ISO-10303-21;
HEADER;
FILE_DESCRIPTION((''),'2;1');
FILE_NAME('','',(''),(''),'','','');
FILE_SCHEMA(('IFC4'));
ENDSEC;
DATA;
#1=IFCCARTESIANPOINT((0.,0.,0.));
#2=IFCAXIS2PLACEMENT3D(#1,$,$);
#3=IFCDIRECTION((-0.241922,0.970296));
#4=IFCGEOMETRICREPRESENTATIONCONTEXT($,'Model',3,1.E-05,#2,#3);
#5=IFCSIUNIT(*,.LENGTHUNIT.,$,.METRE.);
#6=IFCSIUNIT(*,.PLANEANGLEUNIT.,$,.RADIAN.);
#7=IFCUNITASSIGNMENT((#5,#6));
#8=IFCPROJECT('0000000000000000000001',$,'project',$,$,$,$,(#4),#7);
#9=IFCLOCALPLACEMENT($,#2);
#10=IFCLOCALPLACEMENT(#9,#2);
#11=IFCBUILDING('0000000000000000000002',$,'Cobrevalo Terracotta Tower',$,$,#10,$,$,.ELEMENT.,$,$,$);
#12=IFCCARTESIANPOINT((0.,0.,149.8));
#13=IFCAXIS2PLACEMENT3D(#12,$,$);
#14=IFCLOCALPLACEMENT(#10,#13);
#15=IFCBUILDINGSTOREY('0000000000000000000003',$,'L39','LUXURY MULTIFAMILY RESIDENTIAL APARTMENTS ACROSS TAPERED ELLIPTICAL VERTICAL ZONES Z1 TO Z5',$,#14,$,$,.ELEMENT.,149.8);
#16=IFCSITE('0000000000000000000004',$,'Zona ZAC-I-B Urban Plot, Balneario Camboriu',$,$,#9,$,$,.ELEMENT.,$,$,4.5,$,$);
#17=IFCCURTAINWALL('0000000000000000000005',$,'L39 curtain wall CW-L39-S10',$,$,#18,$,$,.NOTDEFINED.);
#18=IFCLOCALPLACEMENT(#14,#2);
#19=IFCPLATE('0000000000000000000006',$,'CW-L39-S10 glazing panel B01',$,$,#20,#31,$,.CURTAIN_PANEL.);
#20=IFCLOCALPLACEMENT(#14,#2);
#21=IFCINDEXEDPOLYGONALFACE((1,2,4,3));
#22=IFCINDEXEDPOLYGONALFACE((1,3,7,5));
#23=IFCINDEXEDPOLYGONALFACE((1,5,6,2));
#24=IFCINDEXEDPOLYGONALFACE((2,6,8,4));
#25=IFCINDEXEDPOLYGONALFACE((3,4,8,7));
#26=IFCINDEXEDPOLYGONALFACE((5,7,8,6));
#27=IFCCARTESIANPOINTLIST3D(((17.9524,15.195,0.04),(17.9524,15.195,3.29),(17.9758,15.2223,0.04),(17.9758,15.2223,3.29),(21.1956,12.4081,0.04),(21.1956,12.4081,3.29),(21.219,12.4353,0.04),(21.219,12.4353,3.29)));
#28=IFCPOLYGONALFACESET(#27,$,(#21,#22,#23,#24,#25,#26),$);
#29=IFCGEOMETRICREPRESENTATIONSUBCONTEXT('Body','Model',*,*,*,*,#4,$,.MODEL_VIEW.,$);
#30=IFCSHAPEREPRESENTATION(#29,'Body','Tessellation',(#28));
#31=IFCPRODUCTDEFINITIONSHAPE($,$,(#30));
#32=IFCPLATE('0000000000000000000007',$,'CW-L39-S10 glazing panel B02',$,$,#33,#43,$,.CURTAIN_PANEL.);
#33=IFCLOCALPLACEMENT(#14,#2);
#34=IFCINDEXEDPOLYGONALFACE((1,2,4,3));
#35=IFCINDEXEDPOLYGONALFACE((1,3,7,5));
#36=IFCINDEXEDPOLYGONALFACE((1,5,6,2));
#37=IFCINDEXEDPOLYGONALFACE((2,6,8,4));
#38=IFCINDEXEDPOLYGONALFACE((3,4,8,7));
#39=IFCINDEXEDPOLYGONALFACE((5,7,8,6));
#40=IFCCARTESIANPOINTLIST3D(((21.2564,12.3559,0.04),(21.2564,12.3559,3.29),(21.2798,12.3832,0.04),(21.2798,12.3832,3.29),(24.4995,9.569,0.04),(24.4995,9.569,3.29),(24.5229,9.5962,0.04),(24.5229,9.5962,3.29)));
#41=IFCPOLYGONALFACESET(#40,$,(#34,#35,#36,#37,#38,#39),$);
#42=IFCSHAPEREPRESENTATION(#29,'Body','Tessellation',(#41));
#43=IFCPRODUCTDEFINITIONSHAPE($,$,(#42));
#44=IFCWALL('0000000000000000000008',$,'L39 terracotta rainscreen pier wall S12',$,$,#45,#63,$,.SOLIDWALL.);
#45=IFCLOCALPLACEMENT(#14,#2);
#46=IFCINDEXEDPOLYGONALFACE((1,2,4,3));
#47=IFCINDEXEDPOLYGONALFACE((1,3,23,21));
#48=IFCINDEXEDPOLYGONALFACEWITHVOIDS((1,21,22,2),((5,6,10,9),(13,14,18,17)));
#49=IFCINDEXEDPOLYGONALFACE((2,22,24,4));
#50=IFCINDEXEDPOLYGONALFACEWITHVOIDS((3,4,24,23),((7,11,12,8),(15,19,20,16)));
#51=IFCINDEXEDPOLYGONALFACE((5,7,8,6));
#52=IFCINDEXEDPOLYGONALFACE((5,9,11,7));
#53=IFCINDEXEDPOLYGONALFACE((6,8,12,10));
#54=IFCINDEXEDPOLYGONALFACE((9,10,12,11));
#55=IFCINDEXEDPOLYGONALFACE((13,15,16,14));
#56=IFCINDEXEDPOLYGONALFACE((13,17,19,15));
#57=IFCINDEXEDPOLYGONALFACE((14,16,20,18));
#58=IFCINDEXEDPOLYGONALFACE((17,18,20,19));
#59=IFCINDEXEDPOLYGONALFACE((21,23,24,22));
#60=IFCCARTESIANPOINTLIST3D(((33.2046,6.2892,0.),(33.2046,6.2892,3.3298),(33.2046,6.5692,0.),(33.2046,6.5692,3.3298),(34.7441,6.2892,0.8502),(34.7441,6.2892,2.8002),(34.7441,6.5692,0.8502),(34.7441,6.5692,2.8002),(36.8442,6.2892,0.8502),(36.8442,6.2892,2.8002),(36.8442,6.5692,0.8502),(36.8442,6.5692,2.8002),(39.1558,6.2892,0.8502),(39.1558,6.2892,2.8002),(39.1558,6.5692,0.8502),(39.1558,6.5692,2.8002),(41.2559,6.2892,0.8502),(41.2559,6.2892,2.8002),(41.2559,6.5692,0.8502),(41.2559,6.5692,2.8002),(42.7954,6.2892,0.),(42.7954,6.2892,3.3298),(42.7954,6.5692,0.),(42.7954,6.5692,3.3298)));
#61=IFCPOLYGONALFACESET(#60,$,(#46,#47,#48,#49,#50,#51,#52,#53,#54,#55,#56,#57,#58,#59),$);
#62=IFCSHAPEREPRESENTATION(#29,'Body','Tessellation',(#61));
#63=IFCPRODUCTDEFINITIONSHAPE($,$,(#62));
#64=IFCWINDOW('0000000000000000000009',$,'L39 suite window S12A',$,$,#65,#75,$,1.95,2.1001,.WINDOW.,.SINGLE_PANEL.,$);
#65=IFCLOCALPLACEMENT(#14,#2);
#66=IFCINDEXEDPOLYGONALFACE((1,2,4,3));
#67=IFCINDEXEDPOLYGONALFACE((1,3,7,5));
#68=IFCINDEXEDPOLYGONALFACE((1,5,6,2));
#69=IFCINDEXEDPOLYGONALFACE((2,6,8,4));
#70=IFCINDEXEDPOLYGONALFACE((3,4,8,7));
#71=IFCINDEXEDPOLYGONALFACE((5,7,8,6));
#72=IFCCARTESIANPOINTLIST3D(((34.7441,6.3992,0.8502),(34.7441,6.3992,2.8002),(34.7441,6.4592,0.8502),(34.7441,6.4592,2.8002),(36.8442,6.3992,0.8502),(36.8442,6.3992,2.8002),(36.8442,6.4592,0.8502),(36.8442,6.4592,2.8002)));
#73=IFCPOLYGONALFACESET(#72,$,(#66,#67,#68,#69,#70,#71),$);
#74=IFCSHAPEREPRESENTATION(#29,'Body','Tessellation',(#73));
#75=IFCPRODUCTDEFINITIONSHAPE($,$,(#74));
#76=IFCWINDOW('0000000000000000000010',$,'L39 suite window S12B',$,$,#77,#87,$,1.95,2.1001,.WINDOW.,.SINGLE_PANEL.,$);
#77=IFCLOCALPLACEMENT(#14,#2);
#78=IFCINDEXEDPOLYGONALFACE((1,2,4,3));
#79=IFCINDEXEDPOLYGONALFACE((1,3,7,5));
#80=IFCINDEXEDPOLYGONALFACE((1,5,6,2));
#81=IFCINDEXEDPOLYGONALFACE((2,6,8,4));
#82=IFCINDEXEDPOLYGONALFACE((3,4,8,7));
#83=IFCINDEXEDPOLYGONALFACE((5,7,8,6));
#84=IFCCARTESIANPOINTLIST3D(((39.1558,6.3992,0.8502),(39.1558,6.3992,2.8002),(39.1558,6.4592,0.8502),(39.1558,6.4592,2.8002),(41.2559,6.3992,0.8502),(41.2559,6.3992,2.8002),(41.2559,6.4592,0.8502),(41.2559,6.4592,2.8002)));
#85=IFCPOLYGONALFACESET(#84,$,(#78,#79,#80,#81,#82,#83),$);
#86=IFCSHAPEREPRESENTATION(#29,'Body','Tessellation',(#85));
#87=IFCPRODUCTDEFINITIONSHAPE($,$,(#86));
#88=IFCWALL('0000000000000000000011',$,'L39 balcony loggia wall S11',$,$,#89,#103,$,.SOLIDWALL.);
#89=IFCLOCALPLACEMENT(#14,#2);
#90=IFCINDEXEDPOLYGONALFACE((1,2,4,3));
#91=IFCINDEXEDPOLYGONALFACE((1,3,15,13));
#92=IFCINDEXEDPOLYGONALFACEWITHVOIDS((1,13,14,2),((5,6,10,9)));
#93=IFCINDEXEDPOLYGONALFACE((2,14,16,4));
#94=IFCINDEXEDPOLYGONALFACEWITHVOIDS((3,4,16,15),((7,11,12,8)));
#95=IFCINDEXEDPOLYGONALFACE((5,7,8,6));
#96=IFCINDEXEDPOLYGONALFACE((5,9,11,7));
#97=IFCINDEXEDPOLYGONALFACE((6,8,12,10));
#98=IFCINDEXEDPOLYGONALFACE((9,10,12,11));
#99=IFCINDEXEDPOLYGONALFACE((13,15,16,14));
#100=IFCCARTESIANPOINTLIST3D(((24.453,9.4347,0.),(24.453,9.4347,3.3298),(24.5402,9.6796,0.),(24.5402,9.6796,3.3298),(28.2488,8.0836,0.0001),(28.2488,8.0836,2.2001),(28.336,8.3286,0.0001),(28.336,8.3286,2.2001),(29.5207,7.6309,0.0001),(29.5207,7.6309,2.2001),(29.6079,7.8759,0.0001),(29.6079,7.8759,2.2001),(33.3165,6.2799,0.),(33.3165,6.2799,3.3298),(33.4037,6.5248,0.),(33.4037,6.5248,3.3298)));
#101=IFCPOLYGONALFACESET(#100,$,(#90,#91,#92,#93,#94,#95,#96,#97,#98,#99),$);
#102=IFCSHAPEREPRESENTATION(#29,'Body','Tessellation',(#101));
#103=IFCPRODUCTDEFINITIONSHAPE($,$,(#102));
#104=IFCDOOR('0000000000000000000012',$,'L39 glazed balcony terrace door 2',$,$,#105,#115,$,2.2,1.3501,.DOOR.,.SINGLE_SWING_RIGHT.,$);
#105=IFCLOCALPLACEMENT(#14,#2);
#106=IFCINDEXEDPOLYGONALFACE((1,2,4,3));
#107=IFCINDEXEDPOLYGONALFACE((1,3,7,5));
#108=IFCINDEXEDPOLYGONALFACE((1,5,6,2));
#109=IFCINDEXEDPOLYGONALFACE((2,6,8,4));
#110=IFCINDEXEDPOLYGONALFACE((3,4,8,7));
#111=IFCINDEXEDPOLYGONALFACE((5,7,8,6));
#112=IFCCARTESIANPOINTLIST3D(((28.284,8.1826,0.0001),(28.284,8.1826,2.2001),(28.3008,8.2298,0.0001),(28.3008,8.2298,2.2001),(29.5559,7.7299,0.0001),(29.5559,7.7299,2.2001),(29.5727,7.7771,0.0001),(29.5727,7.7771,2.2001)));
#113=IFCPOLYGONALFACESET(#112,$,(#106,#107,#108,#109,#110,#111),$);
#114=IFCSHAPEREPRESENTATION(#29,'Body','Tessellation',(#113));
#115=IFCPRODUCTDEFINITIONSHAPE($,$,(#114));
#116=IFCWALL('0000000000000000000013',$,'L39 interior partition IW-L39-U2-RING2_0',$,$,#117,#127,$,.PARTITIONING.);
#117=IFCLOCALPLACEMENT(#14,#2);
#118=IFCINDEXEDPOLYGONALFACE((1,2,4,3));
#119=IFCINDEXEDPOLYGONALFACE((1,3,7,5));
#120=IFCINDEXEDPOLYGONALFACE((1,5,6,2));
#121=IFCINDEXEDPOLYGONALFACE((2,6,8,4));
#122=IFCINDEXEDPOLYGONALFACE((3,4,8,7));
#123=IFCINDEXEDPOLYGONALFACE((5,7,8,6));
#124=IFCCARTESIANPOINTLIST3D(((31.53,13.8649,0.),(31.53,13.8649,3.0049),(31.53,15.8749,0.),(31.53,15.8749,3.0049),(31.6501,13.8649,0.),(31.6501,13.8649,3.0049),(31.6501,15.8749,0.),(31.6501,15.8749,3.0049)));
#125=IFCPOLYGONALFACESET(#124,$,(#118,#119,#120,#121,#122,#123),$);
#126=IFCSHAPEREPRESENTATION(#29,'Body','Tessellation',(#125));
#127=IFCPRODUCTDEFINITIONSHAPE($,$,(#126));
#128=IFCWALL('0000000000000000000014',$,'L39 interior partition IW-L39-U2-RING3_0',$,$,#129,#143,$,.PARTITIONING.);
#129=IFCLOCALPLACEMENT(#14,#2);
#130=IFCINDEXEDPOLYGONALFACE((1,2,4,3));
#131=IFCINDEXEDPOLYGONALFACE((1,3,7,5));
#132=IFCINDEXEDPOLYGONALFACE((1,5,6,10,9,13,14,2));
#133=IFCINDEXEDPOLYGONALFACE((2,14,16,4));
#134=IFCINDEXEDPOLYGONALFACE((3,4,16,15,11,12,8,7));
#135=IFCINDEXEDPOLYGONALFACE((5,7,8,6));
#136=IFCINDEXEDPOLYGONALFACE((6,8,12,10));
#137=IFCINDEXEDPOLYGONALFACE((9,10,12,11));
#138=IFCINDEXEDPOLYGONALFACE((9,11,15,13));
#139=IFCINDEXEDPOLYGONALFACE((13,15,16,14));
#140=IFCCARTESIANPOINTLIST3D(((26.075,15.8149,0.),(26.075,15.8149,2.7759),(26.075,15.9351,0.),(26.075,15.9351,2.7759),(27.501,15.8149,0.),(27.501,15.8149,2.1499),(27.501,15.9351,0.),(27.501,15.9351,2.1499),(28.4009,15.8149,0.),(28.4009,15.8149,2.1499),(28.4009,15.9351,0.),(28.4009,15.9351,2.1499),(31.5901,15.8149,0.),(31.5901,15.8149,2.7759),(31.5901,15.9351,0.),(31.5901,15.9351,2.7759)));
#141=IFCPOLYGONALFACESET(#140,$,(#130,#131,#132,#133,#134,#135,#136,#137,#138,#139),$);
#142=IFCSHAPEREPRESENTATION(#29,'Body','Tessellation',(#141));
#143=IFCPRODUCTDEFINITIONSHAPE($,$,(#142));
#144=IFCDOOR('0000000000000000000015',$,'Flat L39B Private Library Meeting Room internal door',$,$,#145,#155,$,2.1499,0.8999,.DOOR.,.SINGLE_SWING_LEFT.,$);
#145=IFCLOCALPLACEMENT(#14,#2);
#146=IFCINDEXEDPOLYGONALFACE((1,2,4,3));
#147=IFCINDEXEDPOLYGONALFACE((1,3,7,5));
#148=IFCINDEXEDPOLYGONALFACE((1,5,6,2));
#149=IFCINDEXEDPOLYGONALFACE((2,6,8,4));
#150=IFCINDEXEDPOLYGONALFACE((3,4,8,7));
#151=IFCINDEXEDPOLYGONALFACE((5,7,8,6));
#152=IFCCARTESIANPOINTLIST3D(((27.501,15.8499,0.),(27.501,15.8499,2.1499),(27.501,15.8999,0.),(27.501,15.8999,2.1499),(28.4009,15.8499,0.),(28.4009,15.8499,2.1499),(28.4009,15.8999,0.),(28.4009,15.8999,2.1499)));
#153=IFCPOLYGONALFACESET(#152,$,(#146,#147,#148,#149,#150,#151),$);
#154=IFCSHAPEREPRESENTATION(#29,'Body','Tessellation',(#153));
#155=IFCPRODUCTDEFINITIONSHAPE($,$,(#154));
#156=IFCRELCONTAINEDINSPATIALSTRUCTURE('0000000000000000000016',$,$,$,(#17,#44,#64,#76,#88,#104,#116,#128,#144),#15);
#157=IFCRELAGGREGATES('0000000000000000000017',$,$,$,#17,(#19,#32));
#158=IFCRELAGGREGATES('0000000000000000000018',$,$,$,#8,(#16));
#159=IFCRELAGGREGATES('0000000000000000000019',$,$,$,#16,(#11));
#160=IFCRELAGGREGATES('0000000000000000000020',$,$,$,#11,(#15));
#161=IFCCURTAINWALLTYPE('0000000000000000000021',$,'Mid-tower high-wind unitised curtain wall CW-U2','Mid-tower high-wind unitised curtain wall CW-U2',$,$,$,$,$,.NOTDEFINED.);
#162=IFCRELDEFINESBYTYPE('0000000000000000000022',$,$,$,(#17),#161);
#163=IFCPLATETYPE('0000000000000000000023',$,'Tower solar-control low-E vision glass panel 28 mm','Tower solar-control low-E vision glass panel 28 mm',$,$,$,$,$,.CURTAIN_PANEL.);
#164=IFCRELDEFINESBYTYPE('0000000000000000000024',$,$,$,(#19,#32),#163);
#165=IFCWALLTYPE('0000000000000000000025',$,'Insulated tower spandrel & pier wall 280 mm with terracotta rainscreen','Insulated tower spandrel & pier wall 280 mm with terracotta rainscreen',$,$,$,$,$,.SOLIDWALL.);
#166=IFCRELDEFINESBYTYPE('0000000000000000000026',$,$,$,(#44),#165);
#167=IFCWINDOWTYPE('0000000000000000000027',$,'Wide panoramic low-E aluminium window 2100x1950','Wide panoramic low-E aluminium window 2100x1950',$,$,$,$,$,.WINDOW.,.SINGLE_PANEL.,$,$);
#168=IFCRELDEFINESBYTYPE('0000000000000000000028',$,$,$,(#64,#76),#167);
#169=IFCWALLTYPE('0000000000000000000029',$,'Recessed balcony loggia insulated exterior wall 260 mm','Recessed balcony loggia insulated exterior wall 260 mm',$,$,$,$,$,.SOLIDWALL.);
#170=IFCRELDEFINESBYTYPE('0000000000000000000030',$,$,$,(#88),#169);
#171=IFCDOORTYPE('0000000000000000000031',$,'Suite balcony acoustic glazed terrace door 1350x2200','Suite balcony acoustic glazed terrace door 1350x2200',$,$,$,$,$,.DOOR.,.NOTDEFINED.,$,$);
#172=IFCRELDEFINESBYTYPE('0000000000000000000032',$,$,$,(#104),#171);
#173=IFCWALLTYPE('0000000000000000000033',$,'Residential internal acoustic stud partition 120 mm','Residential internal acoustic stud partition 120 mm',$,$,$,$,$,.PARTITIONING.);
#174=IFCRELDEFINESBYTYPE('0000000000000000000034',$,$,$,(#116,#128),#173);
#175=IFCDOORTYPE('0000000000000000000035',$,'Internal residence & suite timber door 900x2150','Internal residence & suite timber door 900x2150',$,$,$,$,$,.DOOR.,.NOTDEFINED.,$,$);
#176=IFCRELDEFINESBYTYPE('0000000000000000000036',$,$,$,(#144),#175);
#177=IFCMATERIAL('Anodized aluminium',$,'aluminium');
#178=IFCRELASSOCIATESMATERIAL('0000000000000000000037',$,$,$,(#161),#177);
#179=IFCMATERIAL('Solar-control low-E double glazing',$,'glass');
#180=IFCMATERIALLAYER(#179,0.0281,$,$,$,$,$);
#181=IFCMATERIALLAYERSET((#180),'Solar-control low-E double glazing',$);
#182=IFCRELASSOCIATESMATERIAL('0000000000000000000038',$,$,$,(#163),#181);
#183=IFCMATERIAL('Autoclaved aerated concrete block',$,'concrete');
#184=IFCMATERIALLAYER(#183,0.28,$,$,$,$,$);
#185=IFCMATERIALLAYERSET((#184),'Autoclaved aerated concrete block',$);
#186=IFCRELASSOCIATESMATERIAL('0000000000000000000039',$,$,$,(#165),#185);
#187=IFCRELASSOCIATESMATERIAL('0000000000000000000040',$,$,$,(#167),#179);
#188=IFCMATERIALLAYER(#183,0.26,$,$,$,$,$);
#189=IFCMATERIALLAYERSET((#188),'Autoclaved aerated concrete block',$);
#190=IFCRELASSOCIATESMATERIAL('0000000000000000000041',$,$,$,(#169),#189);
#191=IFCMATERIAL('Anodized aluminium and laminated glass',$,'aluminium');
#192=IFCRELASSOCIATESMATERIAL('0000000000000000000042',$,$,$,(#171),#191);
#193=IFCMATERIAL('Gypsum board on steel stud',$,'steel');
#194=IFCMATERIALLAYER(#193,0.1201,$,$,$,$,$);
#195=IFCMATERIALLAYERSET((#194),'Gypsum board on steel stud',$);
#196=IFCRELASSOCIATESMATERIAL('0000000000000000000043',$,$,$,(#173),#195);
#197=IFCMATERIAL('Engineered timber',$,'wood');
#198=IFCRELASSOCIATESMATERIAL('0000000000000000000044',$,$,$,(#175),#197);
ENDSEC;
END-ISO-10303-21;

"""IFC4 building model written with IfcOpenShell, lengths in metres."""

from ifc_helpers import new_model, si_unit, direction, frame, frame_2d, origin, origin_2d, place, context, subcontext, project, spatial, rectangle, extrude, source, transform, mapped, material, layer, layer_set, type_object, element, fill, aggregate, save


model = new_model("IFC4")

# Units and contexts
model_context = context("Model", 3, precision=1e-05, world=origin(), true_north=direction((-0.241922, 0.970296)))
body_context = subcontext(model_context, "Body", "Model", "MODEL_VIEW")
ifc_project = project(units=[si_unit("LENGTHUNIT", "METRE"), si_unit("PLANEANGLEUNIT", "RADIAN")], contexts=[model_context])

# Site, building, storey
site_placement = place(None, origin())
site = spatial("IfcSite", under=ifc_project, at=site_placement, Name="Zona ZAC-I-B Urban Plot, Balneario Camboriu", CompositionType="ELEMENT", RefElevation=4.5)
building_placement = place(site_placement, origin())
building = spatial("IfcBuilding", under=site, at=building_placement, Name="Cobrevalo Terracotta Tower", CompositionType="ELEMENT")
storey_placement = place(building_placement, frame((0.0, 0.0, 149.8)))
storey = spatial("IfcBuildingStorey", under=building, at=storey_placement, Name="L39", Description="LUXURY MULTIFAMILY RESIDENTIAL APARTMENTS ACROSS TAPERED ELLIPTICAL VERTICAL ZONES Z1 TO Z5", CompositionType="ELEMENT", Elevation=149.8)

# Curtain wall, plates
ifc_material_1 = material(Name="Anodized aluminium", Category="aluminium")
curtain_wall_type = type_object("IfcCurtainWallType", Name="Mid-tower high-wind unitised curtain wall CW-U2", Description="Mid-tower high-wind unitised curtain wall CW-U2", PredefinedType="NOTDEFINED", material=ifc_material_1)
curtain_wall_placement = place(storey_placement, origin())
curtain_wall = element("IfcCurtainWall", 1, at=curtain_wall_placement, inside=storey, type_object=curtain_wall_type, Name="L39 curtain wall CW-L39-S10", PredefinedType="NOTDEFINED")
ifc_material_2 = material(Name="Solar-control low-E double glazing", Category="glass")
ifc_layer_1 = layer(ifc_material_2, 0.0281)
ifc_layer_set_1 = layer_set([ifc_layer_1], Name="Solar-control low-E double glazing")
plate_type = type_object("IfcPlateType", Name="Tower solar-control low-E vision glass panel 28 mm", Description="Tower solar-control low-E vision glass panel 28 mm", PredefinedType="CURTAIN_PANEL", material=ifc_layer_set_1)
shared_shape_1 = source(origin(), body_context, "Body", "SweptSolid", [
    extrude(rectangle(XDim=4.2761, YDim=0.0359, at=origin_2d()), origin(), (0.0, 0.0, 1.0), 3.25),
])
plate_1_placement = place(storey_placement, frame((19.5857, 13.8152, 0.04), z_axis=(0.0, 0.0, 1.0), x_axis=(0.758437, -0.651746, 0.0)))
plate_1 = element("IfcPlate", 2, at=plate_1_placement, type_object=plate_type, Name="CW-L39-S10 glazing panel B01", PredefinedType="CURTAIN_PANEL", context=body_context, shape_type="MappedRepresentation", body=[
    mapped(shared_shape_1, transform((0.0, 0.0, 0.0), scale=1.0)),
])
plate_2_placement = place(storey_placement, frame((22.8896, 10.9761, 0.04), z_axis=(0.0, 0.0, 1.0), x_axis=(0.758437, -0.651746, 0.0)))
plate_2 = element("IfcPlate", 3, at=plate_2_placement, type_object=plate_type, Name="CW-L39-S10 glazing panel B02", PredefinedType="CURTAIN_PANEL", context=body_context, shape_type="MappedRepresentation", body=[
    mapped(shared_shape_1, transform((0.0, 0.0, 0.0), scale=1.0)),
])
aggregate(curtain_wall, [plate_1, plate_2])

# Wall, openings, windows
ifc_material_3 = material(Name="Autoclaved aerated concrete block", Category="concrete")
ifc_layer_2 = layer(ifc_material_3, 0.28)
ifc_layer_set_2 = layer_set([ifc_layer_2], Name="Autoclaved aerated concrete block")
wall_type_1 = type_object("IfcWallType", Name="Insulated tower spandrel & pier wall 280 mm with terracotta rainscreen", Description="Insulated tower spandrel & pier wall 280 mm with terracotta rainscreen", PredefinedType="SOLIDWALL", material=ifc_layer_set_2)
wall_1_placement = place(storey_placement, frame((33.2046, 6.4292, 0.0), z_axis=(0.0, 0.0, 1.0), x_axis=(1.0, 0.0, 0.0)))
wall_1 = element("IfcWall", 4, at=wall_1_placement, inside=storey, type_object=wall_type_1, Name="L39 terracotta rainscreen pier wall S12", PredefinedType="SOLIDWALL", context=body_context, shape_type="SweptSolid", body=[
    extrude(rectangle(XDim=9.5908, YDim=0.28, at=frame_2d((4.7954, 0.0))), origin(), (0.0, 0.0, 1.0), 3.3298),
])
opening_1_placement = place(wall_1_placement, frame((1.5396, 0.0, 0.8501)))
opening_1 = element("IfcOpeningElement", 5, at=opening_1_placement, cuts=wall_1, PredefinedType="OPENING", context=body_context, shape_type="SweptSolid", body=[
    extrude(rectangle(XDim=2.1001, YDim=1.95, at=frame_2d((1.05, 0.9751))), frame((0.0, 0.1499, 0.0), z_axis=(0.0, -1.0, 0.0), x_axis=(1.0, 0.0, 0.0)), (0.0, 0.0, 1.0), 0.3),
])
opening_2_placement = place(wall_1_placement, frame((5.9512, 0.0, 0.8501)))
opening_2 = element("IfcOpeningElement", 6, at=opening_2_placement, cuts=wall_1, PredefinedType="OPENING", context=body_context, shape_type="SweptSolid", body=[
    extrude(rectangle(XDim=2.1001, YDim=1.95, at=frame_2d((1.05, 0.9751))), frame((0.0, 0.1499, 0.0), z_axis=(0.0, -1.0, 0.0), x_axis=(1.0, 0.0, 0.0)), (0.0, 0.0, 1.0), 0.3),
])
window_type = type_object("IfcWindowType", Name="Wide panoramic low-E aluminium window 2100x1950", Description="Wide panoramic low-E aluminium window 2100x1950", PartitioningType="SINGLE_PANEL", PredefinedType="WINDOW", material=ifc_material_2)
shared_shape_2 = source(origin(), body_context, "Body", "SweptSolid", [
    extrude(rectangle(XDim=2.1001, YDim=1.95, at=frame_2d((1.05, 0.9751))), frame((0.0, 0.03, 0.0), z_axis=(0.0, -1.0, 0.0), x_axis=(1.0, 0.0, 0.0)), (0.0, 0.0, 1.0), 0.0601),
])
window_1_placement = place(opening_1_placement, origin())
window_1 = element("IfcWindow", 7, at=window_1_placement, inside=storey, type_object=window_type, Name="L39 suite window S12A", OverallHeight=1.95, OverallWidth=2.1001, PartitioningType="SINGLE_PANEL", PredefinedType="WINDOW", context=body_context, shape_type="MappedRepresentation", body=[
    mapped(shared_shape_2, transform((0.0, 0.0, 0.0), scale=1.0)),
])
fill(opening_1, window_1)
window_2_placement = place(opening_2_placement, origin())
window_2 = element("IfcWindow", 8, at=window_2_placement, inside=storey, type_object=window_type, Name="L39 suite window S12B", OverallHeight=1.95, OverallWidth=2.1001, PartitioningType="SINGLE_PANEL", PredefinedType="WINDOW", context=body_context, shape_type="MappedRepresentation", body=[
    mapped(shared_shape_2, transform((0.0, 0.0, 0.0), scale=1.0)),
])
fill(opening_2, window_2)

# Wall, opening, door
ifc_layer_3 = layer(ifc_material_3, 0.26)
ifc_layer_set_3 = layer_set([ifc_layer_3], Name="Autoclaved aerated concrete block")
wall_type_2 = type_object("IfcWallType", Name="Recessed balcony loggia insulated exterior wall 260 mm", Description="Recessed balcony loggia insulated exterior wall 260 mm", PredefinedType="SOLIDWALL", material=ifc_layer_set_3)
wall_2_placement = place(storey_placement, frame((24.4966, 9.5571, 0.0), z_axis=(0.0, 0.0, 1.0), x_axis=(0.942104, -0.335322, 0.0)))
wall_2 = element("IfcWall", 9, at=wall_2_placement, inside=storey, type_object=wall_type_2, Name="L39 balcony loggia wall S11", PredefinedType="SOLIDWALL", context=body_context, shape_type="SweptSolid", body=[
    extrude(rectangle(XDim=9.4082, YDim=0.26, at=frame_2d((4.7041, 0.0))), origin(), (0.0, 0.0, 1.0), 3.3298),
])
opening_3_placement = place(wall_2_placement, frame((4.0291, 0.0, 0.0)))
opening_3 = element("IfcOpeningElement", 10, at=opening_3_placement, cuts=wall_2, PredefinedType="OPENING", context=body_context, shape_type="SweptSolid", body=[
    extrude(rectangle(XDim=1.3501, YDim=2.2, at=frame_2d((0.675, 1.1001))), frame((0.0, 0.1401, 0.0), z_axis=(0.0, -1.0, 0.0), x_axis=(1.0, 0.0, 0.0)), (0.0, 0.0, 1.0), 0.28),
])
ifc_material_4 = material(Name="Anodized aluminium and laminated glass", Category="aluminium")
door_type_1 = type_object("IfcDoorType", Name="Suite balcony acoustic glazed terrace door 1350x2200", Description="Suite balcony acoustic glazed terrace door 1350x2200", OperationType="NOTDEFINED", PredefinedType="DOOR", material=ifc_material_4)
shared_shape_3 = source(origin(), body_context, "Body", "SweptSolid", [
    extrude(rectangle(XDim=1.3501, YDim=2.2, at=frame_2d((0.675, 1.1001))), frame((0.0, 0.0249, 0.0), z_axis=(0.0, -1.0, 0.0), x_axis=(1.0, 0.0, 0.0)), (0.0, 0.0, 1.0), 0.05),
])
door_1_placement = place(opening_3_placement, frame((1.3501, 0.0, 0.0), z_axis=(0.0, 0.0, 1.0), x_axis=(-1.0, 0.0, 0.0)))
door_1 = element("IfcDoor", 11, at=door_1_placement, inside=storey, type_object=door_type_1, Name="L39 glazed balcony terrace door 2", OperationType="SINGLE_SWING_RIGHT", OverallHeight=2.2, OverallWidth=1.3501, PredefinedType="DOOR", context=body_context, shape_type="MappedRepresentation", body=[
    mapped(shared_shape_3, transform((0.0, 0.0, 0.0), scale=1.0)),
])
fill(opening_3, door_1)

# Wall
ifc_material_5 = material(Name="Gypsum board on steel stud", Category="steel")
ifc_layer_4 = layer(ifc_material_5, 0.1201)
ifc_layer_set_4 = layer_set([ifc_layer_4], Name="Gypsum board on steel stud")
wall_type_3 = type_object("IfcWallType", Name="Residential internal acoustic stud partition 120 mm", Description="Residential internal acoustic stud partition 120 mm", PredefinedType="PARTITIONING", material=ifc_layer_set_4)
wall_3_placement = place(storey_placement, frame((31.5901, 13.865, 0.0), z_axis=(0.0, 0.0, 1.0), x_axis=(0.0, 1.0, 0.0)))
element("IfcWall", 12, at=wall_3_placement, inside=storey, type_object=wall_type_3, Name="L39 interior partition IW-L39-U2-RING2_0", PredefinedType="PARTITIONING", context=body_context, shape_type="SweptSolid", body=[
    extrude(rectangle(XDim=2.01, YDim=0.1201, at=frame_2d((1.0049, 0.0))), origin(), (0.0, 0.0, 1.0), 3.0049),
])

# Wall, opening, door
wall_4_placement = place(storey_placement, frame((31.5901, 15.875, 0.0), z_axis=(0.0, 0.0, 1.0), x_axis=(-1.0, 0.0, 0.0)))
wall_4 = element("IfcWall", 13, at=wall_4_placement, inside=storey, type_object=wall_type_3, Name="L39 interior partition IW-L39-U2-RING3_0", PredefinedType="PARTITIONING", context=body_context, shape_type="SweptSolid", body=[
    extrude(rectangle(XDim=5.5151, YDim=0.1201, at=frame_2d((2.7576, 0.0))), origin(), (0.0, 0.0, 1.0), 2.7759),
])
opening_4_placement = place(wall_4_placement, frame((3.1892, 0.0, 0.0)))
opening_4 = element("IfcOpeningElement", 14, at=opening_4_placement, cuts=wall_4, PredefinedType="OPENING", context=body_context, shape_type="SweptSolid", body=[
    extrude(rectangle(XDim=0.8999, YDim=2.1499, at=frame_2d((0.45, 1.075))), frame((0.0, 0.0701, 0.0), z_axis=(0.0, -1.0, 0.0), x_axis=(1.0, 0.0, 0.0)), (0.0, 0.0, 1.0), 0.1401),
])
ifc_material_6 = material(Name="Engineered timber", Category="wood")
door_type_2 = type_object("IfcDoorType", Name="Internal residence & suite timber door 900x2150", Description="Internal residence & suite timber door 900x2150", OperationType="NOTDEFINED", PredefinedType="DOOR", material=ifc_material_6)
shared_shape_4 = source(origin(), body_context, "Body", "SweptSolid", [
    extrude(rectangle(XDim=0.8999, YDim=2.1499, at=frame_2d((0.45, 1.075))), frame((0.0, 0.0249, 0.0), z_axis=(0.0, -1.0, 0.0), x_axis=(1.0, 0.0, 0.0)), (0.0, 0.0, 1.0), 0.05),
])
door_2_placement = place(opening_4_placement, frame((0.8999, 0.0, 0.0), z_axis=(0.0, 0.0, 1.0), x_axis=(-1.0, 0.0, 0.0)))
door_2 = element("IfcDoor", 15, at=door_2_placement, inside=storey, type_object=door_type_2, Name="Flat L39B Private Library Meeting Room internal door", OperationType="SINGLE_SWING_LEFT", OverallHeight=2.1499, OverallWidth=0.8999, PredefinedType="DOOR", context=body_context, shape_type="MappedRepresentation", body=[
    mapped(shared_shape_4, transform((0.0, 0.0, 0.0), scale=1.0)),
])
fill(opening_4, door_2)

save(model, "model.ifc")
